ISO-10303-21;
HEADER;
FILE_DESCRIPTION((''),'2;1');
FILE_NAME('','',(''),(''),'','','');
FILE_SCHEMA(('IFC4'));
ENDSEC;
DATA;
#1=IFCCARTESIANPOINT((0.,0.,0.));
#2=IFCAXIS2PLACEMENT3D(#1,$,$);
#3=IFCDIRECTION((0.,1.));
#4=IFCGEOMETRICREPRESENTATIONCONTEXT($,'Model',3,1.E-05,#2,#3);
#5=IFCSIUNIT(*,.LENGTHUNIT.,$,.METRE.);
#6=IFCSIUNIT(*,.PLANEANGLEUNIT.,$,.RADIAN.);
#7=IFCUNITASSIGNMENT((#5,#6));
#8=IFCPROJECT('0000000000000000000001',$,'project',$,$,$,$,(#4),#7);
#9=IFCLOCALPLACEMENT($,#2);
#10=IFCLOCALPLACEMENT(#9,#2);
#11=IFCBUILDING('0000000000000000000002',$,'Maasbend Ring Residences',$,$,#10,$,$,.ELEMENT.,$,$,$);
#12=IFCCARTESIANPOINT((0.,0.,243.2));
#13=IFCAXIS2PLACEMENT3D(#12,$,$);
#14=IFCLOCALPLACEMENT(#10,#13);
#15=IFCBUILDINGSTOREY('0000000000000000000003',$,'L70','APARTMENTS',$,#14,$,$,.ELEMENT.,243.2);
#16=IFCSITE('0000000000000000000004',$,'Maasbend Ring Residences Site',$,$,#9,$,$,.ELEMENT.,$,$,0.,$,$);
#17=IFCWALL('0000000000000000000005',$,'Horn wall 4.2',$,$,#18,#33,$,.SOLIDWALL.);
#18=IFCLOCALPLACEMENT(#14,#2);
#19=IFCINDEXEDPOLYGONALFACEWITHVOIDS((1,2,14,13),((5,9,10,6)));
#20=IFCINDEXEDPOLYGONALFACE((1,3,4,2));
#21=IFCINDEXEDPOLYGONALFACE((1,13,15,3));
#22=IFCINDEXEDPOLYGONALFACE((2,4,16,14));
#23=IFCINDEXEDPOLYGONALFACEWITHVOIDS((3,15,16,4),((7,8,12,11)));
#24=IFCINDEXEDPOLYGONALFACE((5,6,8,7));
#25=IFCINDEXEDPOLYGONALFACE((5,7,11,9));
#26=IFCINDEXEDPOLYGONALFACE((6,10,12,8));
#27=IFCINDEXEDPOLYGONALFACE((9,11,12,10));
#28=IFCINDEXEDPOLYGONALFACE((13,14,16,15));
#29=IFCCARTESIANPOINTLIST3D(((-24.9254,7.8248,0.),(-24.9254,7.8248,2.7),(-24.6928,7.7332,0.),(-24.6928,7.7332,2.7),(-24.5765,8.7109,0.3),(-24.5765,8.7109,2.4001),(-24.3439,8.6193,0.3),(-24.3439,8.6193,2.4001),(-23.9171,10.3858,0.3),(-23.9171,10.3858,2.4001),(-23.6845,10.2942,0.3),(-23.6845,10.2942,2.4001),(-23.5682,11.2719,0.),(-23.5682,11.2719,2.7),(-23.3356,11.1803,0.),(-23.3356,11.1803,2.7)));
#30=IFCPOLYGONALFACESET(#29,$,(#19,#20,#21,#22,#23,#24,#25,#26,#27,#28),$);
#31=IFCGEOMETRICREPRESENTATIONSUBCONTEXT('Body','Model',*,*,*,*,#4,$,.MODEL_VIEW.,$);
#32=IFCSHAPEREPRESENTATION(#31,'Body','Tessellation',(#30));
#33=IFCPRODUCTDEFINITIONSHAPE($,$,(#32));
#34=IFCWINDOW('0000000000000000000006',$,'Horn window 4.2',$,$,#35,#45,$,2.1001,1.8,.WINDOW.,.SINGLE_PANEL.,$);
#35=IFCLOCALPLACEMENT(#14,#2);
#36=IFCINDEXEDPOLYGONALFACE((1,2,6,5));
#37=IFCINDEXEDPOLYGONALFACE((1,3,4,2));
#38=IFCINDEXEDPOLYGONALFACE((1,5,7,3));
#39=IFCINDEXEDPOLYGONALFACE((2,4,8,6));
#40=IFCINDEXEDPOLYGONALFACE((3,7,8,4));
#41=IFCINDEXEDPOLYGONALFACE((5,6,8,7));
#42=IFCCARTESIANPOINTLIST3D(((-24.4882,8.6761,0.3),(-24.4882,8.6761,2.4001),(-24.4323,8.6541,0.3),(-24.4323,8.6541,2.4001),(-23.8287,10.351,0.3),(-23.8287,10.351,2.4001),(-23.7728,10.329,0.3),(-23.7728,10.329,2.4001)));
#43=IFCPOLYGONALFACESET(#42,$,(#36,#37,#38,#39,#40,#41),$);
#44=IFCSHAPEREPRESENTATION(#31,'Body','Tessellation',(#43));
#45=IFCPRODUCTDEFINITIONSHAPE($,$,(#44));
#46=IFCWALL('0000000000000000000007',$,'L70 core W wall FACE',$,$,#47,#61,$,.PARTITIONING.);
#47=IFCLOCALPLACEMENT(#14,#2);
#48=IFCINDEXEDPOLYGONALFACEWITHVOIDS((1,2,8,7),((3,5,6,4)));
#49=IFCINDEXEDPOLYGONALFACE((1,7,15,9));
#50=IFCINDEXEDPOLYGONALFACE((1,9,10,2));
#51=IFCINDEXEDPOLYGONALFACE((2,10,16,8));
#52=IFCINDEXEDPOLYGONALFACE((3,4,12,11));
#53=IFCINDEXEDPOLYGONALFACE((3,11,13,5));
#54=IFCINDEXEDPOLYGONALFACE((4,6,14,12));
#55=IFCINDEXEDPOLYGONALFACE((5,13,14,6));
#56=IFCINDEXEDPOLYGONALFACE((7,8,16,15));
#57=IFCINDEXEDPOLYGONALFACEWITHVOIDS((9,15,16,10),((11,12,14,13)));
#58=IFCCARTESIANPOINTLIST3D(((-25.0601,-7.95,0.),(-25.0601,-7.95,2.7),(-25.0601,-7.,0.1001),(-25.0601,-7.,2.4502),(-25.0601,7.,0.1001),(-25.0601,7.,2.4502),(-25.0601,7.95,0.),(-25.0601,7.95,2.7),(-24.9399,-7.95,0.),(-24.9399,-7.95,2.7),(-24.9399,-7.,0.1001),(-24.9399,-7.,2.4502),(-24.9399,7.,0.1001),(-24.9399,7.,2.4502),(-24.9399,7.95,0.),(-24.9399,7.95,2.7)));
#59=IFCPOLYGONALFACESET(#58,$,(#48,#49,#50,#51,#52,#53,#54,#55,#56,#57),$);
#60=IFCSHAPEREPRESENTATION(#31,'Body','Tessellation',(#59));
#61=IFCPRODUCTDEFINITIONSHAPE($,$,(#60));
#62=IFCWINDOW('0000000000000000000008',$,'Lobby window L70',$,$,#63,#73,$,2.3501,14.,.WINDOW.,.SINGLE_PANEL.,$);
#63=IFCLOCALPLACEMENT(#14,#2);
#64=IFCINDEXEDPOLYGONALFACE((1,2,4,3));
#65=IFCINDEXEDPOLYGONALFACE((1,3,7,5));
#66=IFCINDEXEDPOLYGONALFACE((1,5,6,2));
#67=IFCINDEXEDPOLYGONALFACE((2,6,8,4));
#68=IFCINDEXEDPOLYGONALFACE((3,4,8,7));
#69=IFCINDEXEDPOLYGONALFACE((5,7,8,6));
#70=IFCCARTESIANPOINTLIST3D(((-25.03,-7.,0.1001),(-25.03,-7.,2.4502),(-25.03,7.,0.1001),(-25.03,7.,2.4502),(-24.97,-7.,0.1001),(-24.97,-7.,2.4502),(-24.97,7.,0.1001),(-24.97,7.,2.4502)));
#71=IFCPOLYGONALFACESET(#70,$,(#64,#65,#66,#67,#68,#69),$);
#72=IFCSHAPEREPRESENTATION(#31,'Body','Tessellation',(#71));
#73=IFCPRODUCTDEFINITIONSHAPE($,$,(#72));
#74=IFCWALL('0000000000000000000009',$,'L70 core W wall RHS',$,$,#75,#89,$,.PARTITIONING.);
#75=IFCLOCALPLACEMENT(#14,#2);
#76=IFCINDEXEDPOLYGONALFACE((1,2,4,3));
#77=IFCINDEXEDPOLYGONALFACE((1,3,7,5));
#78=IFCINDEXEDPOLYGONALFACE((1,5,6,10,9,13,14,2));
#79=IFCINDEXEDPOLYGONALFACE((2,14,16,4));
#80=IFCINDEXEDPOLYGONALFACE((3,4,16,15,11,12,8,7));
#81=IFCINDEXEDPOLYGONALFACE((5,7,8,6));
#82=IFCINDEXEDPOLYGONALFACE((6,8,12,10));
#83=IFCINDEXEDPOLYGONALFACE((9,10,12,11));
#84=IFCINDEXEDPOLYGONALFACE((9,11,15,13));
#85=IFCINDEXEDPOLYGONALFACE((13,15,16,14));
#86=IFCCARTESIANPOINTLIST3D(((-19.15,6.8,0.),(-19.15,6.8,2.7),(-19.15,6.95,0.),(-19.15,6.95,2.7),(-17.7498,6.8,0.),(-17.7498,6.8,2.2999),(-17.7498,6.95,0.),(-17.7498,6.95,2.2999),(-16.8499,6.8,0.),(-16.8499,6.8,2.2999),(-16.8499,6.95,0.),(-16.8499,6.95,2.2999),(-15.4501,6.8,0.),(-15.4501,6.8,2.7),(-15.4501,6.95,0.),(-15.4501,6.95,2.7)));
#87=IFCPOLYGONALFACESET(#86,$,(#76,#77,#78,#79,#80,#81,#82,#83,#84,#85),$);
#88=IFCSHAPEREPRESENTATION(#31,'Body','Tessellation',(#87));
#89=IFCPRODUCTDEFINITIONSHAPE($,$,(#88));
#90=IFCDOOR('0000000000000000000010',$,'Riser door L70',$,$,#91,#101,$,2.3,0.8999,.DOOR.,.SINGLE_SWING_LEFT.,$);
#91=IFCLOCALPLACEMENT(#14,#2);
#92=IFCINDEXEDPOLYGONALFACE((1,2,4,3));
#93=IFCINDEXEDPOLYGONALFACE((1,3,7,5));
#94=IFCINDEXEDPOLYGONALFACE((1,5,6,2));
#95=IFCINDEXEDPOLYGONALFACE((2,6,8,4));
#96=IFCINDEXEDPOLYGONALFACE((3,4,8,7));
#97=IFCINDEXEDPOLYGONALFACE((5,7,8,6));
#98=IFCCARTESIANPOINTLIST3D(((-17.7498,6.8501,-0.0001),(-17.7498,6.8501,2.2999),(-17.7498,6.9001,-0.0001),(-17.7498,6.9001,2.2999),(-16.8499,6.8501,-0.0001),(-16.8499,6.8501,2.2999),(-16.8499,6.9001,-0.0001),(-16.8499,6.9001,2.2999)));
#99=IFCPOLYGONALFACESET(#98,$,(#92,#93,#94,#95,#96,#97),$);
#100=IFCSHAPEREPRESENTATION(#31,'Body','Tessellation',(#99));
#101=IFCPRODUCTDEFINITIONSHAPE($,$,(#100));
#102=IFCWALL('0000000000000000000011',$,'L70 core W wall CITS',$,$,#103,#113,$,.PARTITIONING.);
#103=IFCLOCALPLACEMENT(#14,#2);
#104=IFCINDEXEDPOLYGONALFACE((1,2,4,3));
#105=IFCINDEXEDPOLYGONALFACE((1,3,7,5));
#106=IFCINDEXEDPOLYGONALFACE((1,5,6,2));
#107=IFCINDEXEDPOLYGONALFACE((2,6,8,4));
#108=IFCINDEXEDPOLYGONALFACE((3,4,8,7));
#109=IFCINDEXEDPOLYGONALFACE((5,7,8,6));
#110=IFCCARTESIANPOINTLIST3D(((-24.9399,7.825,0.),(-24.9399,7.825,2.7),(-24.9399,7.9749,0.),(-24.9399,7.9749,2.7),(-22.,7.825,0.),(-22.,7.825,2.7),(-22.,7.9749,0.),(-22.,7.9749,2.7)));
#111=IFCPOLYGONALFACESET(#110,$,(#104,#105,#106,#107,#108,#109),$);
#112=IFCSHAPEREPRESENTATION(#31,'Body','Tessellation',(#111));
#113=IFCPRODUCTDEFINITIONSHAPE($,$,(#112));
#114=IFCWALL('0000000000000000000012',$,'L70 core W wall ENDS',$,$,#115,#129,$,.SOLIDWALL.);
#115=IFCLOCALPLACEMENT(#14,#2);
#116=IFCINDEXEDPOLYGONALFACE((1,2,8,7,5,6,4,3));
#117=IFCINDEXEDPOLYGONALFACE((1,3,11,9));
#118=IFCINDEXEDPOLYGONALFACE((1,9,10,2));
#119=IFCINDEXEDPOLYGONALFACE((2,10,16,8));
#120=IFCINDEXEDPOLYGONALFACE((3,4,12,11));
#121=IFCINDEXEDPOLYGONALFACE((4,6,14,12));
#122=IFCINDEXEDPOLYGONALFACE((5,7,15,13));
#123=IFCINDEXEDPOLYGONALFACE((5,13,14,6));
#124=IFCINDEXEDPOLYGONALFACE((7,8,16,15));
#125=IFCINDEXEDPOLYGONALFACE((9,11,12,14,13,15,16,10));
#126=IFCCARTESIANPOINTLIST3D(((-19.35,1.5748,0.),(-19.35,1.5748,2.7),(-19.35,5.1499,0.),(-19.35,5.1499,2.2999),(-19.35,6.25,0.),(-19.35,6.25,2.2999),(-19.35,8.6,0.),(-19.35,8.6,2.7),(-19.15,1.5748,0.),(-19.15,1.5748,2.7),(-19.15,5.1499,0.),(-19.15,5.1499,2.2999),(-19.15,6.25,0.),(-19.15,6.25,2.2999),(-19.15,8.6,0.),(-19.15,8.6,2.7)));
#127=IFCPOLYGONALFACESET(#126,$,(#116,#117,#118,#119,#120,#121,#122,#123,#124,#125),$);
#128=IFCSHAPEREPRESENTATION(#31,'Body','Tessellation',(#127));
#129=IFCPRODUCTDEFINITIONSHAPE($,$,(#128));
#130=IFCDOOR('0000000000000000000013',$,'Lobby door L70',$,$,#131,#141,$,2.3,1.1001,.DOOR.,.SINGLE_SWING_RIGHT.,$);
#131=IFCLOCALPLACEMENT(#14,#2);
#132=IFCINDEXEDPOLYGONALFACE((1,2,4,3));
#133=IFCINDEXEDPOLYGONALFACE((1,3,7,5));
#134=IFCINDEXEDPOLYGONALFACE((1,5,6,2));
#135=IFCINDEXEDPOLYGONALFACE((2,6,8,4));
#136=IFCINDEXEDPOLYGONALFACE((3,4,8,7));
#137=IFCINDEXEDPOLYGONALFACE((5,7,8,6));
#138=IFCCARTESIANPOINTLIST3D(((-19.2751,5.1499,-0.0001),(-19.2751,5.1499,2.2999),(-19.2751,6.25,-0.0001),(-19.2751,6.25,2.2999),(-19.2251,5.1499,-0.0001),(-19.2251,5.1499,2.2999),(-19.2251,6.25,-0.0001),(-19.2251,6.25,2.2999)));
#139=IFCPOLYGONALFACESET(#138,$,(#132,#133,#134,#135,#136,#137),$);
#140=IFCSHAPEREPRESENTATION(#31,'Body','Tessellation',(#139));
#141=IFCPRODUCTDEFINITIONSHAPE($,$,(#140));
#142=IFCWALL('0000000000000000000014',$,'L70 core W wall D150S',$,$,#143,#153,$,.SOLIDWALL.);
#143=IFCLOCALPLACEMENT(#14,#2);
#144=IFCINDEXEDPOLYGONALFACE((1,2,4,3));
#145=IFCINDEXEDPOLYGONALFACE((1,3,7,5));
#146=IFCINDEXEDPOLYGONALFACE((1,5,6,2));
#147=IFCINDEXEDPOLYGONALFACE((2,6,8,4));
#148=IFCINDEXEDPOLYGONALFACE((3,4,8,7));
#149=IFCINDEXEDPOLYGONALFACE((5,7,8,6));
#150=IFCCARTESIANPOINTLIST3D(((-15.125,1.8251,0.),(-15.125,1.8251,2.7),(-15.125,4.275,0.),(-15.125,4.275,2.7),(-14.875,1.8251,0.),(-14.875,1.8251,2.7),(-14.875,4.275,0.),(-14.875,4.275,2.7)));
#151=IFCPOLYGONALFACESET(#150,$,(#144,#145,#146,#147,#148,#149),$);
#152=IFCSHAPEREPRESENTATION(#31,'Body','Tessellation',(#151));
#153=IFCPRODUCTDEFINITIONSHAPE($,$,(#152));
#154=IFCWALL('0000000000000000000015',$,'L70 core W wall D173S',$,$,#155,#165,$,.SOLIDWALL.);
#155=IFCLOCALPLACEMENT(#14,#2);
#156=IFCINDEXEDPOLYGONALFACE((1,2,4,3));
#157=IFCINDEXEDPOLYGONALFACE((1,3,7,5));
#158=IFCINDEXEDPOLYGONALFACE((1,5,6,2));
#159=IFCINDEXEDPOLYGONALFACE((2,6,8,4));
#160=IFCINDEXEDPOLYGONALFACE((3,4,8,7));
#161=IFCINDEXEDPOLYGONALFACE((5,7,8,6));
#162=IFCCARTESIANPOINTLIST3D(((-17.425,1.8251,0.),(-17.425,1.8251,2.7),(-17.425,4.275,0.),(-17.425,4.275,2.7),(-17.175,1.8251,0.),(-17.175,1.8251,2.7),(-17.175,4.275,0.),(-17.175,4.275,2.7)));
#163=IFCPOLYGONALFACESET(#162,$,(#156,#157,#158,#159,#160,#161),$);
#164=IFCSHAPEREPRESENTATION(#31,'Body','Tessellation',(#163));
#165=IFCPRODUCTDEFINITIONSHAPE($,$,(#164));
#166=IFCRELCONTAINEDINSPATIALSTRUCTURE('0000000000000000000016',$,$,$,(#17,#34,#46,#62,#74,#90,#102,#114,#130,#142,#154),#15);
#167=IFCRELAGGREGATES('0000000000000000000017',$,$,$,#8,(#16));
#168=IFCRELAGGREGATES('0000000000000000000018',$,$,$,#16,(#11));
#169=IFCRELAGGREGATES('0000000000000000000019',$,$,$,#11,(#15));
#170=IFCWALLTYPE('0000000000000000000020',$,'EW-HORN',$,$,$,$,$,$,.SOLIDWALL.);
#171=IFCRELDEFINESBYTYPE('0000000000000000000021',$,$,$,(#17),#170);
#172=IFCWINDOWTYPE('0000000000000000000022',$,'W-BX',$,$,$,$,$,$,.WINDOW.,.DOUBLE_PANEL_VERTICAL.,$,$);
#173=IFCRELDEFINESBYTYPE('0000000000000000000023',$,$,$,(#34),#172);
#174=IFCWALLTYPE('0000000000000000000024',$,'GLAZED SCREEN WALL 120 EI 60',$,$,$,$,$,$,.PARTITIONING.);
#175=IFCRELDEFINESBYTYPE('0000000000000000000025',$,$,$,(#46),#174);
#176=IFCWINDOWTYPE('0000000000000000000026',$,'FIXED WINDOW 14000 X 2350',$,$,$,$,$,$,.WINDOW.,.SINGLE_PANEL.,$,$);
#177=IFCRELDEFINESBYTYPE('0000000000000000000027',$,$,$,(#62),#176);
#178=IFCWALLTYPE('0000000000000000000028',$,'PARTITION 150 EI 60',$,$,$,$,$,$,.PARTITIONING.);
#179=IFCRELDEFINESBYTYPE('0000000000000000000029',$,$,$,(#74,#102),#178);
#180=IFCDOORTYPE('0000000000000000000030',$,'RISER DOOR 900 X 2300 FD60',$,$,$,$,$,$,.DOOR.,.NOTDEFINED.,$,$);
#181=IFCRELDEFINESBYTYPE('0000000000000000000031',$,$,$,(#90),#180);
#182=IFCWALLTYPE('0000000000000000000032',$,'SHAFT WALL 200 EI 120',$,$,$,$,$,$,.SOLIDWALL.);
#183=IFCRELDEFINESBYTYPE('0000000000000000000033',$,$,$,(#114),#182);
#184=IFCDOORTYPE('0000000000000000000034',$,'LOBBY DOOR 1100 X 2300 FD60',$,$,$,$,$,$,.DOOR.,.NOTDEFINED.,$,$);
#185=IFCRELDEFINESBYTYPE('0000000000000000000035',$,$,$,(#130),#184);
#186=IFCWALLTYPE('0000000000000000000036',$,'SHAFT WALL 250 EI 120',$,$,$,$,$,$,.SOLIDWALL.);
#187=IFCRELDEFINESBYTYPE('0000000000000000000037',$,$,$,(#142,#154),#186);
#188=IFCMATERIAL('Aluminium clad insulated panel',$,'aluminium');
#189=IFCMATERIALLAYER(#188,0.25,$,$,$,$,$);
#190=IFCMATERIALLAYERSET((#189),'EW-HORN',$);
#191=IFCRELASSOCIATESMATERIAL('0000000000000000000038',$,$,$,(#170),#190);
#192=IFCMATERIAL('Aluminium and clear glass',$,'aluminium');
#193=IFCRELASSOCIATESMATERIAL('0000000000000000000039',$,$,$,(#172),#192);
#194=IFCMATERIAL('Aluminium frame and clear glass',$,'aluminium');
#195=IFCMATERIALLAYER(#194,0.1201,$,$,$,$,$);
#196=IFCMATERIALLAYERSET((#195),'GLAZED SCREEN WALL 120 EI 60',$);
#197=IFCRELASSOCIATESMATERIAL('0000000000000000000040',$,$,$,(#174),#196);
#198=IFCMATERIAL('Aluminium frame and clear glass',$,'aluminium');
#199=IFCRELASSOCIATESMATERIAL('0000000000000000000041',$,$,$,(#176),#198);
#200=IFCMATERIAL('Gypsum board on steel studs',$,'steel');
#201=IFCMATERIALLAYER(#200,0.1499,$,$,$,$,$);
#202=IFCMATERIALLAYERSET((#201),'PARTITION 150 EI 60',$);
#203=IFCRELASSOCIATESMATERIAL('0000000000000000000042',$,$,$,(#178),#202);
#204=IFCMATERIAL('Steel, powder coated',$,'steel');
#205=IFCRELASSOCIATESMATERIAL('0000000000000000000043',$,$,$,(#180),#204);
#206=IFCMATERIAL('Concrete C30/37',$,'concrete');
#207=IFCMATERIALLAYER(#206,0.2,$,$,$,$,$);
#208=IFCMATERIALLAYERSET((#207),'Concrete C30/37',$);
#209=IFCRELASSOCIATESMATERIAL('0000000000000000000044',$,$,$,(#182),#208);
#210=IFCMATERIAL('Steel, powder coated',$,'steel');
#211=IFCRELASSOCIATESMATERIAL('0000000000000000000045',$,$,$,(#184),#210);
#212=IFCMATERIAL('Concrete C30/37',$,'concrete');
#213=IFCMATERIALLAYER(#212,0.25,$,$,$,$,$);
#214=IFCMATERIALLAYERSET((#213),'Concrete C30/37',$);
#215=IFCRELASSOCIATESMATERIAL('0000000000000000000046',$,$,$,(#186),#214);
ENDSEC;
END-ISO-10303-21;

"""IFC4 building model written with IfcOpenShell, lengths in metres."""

from ifc_helpers import new_model, si_unit, direction, frame, frame_2d, origin, place, context, subcontext, project, spatial, rectangle, extrude, material, layer, layer_set, type_object, element, fill, save


model = new_model("IFC4")

# Units and contexts
model_context = context("Model", 3, precision=1e-05, world=origin(), true_north=direction((0.0, 1.0)))
body_context = subcontext(model_context, "Body", "Model", "MODEL_VIEW")
ifc_project = project(units=[si_unit("LENGTHUNIT", "METRE"), si_unit("PLANEANGLEUNIT", "RADIAN")], contexts=[model_context])

# Site, building, storey
site_placement = place(None, origin())
site = spatial("IfcSite", under=ifc_project, at=site_placement, Name="Maasbend Ring Residences Site", CompositionType="ELEMENT", RefElevation=0.0)
building_placement = place(site_placement, origin())
building = spatial("IfcBuilding", under=site, at=building_placement, Name="Maasbend Ring Residences", CompositionType="ELEMENT")
storey_placement = place(building_placement, frame((0.0, 0.0, 243.2)))
storey = spatial("IfcBuildingStorey", under=building, at=storey_placement, Name="L70", Description="APARTMENTS", CompositionType="ELEMENT", Elevation=243.2)

# Walls, openings, windows
ifc_material_1 = material(Name="Aluminium clad insulated panel", Category="aluminium")
ifc_layer_1 = layer(ifc_material_1, 0.25)
ifc_layer_set_1 = layer_set([ifc_layer_1], Name="EW-HORN")
wall_type_1 = type_object("IfcWallType", Name="EW-HORN", PredefinedType="SOLIDWALL", material=ifc_layer_set_1)
wall_1_placement = place(storey_placement, frame((-23.4519, 11.2261, 0.0), z_axis=(0.0, 0.0, 1.0), x_axis=(-0.366352, -0.930476, 0.0)))
wall_1 = element("IfcWall", 1, at=wall_1_placement, inside=storey, type_object=wall_type_1, Name="Horn wall 4.2", PredefinedType="SOLIDWALL", context=body_context, shape_type="SweptSolid", body=[
    extrude(rectangle(XDim=3.7046, YDim=0.25, at=frame_2d((1.8523, 0.0))), origin(), (0.0, 0.0, 1.0), 2.7),
])
opening_1_placement = place(wall_1_placement, frame((0.9524, 0.0, 0.3)))
opening_1 = element("IfcOpeningElement", 2, at=opening_1_placement, cuts=wall_1, PredefinedType="OPENING", context=body_context, shape_type="SweptSolid", body=[
    extrude(rectangle(XDim=1.8, YDim=2.1001, at=frame_2d((0.8999, 1.05))), frame((0.0, 0.135, 0.0), z_axis=(0.0, -1.0, 0.0), x_axis=(1.0, 0.0, 0.0)), (0.0, 0.0, 1.0), 0.27),
])
ifc_material_2 = material(Name="Aluminium and clear glass", Category="aluminium")
window_type_1 = type_object("IfcWindowType", Name="W-BX", PartitioningType="DOUBLE_PANEL_VERTICAL", PredefinedType="WINDOW", material=ifc_material_2)
window_1_placement = place(opening_1_placement, origin())
window_1 = element("IfcWindow", 3, at=window_1_placement, inside=storey, type_object=window_type_1, Name="Horn window 4.2", OverallHeight=2.1001, OverallWidth=1.8, PartitioningType="SINGLE_PANEL", PredefinedType="WINDOW", context=body_context, shape_type="SweptSolid", body=[
    extrude(rectangle(XDim=1.8, YDim=2.1001, at=frame_2d((0.8999, 1.05))), frame((0.0, 0.03, 0.0), z_axis=(0.0, -1.0, 0.0), x_axis=(1.0, 0.0, 0.0)), (0.0, 0.0, 1.0), 0.0601),
])
fill(opening_1, window_1)
ifc_material_3 = material(Name="Aluminium frame and clear glass", Category="aluminium")
ifc_layer_2 = layer(ifc_material_3, 0.1201)
ifc_layer_set_2 = layer_set([ifc_layer_2], Name="GLAZED SCREEN WALL 120 EI 60")
wall_type_2 = type_object("IfcWallType", Name="GLAZED SCREEN WALL 120 EI 60", PredefinedType="PARTITIONING", material=ifc_layer_set_2)
wall_2_placement = place(storey_placement, frame((-25.0, 7.95, 0.0), z_axis=(0.0, 0.0, 1.0), x_axis=(0.0, -1.0, 0.0)))
wall_2 = element("IfcWall", 4, at=wall_2_placement, inside=storey, type_object=wall_type_2, Name="L70 core W wall FACE", PredefinedType="PARTITIONING", context=body_context, shape_type="SweptSolid", body=[
    extrude(rectangle(XDim=15.8999, YDim=0.1201, at=frame_2d((7.95, 0.0))), origin(), (0.0, 0.0, 1.0), 2.7),
])
opening_2_placement = place(wall_2_placement, frame((0.95, 0.0, 0.1001)))
opening_2 = element("IfcOpeningElement", 5, at=opening_2_placement, cuts=wall_2, PredefinedType="OPENING", context=body_context, shape_type="SweptSolid", body=[
    extrude(rectangle(XDim=14.0, YDim=2.3501, at=frame_2d((7.0, 1.175))), frame((0.0, 0.0701, 0.0), z_axis=(0.0, -1.0, 0.0), x_axis=(1.0, 0.0, 0.0)), (0.0, 0.0, 1.0), 0.1401),
])
ifc_material_4 = material(Name="Aluminium frame and clear glass", Category="aluminium")
window_type_2 = type_object("IfcWindowType", Name="FIXED WINDOW 14000 X 2350", PartitioningType="SINGLE_PANEL", PredefinedType="WINDOW", material=ifc_material_4)
window_2_placement = place(opening_2_placement, origin())
window_2 = element("IfcWindow", 6, at=window_2_placement, inside=storey, type_object=window_type_2, Name="Lobby window L70", OverallHeight=2.3501, OverallWidth=14.0, PartitioningType="SINGLE_PANEL", PredefinedType="WINDOW", context=body_context, shape_type="SweptSolid", body=[
    extrude(rectangle(XDim=14.0, YDim=2.3501, at=frame_2d((7.0, 1.175))), frame((0.0, 0.03, 0.0), z_axis=(0.0, -1.0, 0.0), x_axis=(1.0, 0.0, 0.0)), (0.0, 0.0, 1.0), 0.0601),
])
fill(opening_2, window_2)

# Wall, opening, door
ifc_material_5 = material(Name="Gypsum board on steel studs", Category="steel")
ifc_layer_3 = layer(ifc_material_5, 0.1499)
ifc_layer_set_3 = layer_set([ifc_layer_3], Name="PARTITION 150 EI 60")
wall_type_3 = type_object("IfcWallType", Name="PARTITION 150 EI 60", PredefinedType="PARTITIONING", material=ifc_layer_set_3)
wall_3_placement = place(storey_placement, frame((-15.45, 6.875, 0.0), z_axis=(0.0, 0.0, 1.0), x_axis=(-1.0, 0.0, 0.0)))
wall_3 = element("IfcWall", 7, at=wall_3_placement, inside=storey, type_object=wall_type_3, Name="L70 core W wall RHS", PredefinedType="PARTITIONING", context=body_context, shape_type="SweptSolid", body=[
    extrude(rectangle(XDim=3.7, YDim=0.1499, at=frame_2d((1.8501, 0.0))), origin(), (0.0, 0.0, 1.0), 2.7),
])
opening_3_placement = place(wall_3_placement, frame((1.3999, 0.0, 0.0)))
opening_3 = element("IfcOpeningElement", 8, at=opening_3_placement, cuts=wall_3, PredefinedType="OPENING", context=body_context, shape_type="SweptSolid", body=[
    extrude(rectangle(XDim=0.8999, YDim=2.3, at=frame_2d((0.45, 1.1499))), frame((0.0, 0.085, 0.0), z_axis=(0.0, -1.0, 0.0), x_axis=(1.0, 0.0, 0.0)), (0.0, 0.0, 1.0), 0.1699),
])
ifc_material_6 = material(Name="Steel, powder coated", Category="steel")
door_type_1 = type_object("IfcDoorType", Name="RISER DOOR 900 X 2300 FD60", OperationType="NOTDEFINED", PredefinedType="DOOR", material=ifc_material_6)
door_1_placement = place(opening_3_placement, origin())
door_1 = element("IfcDoor", 9, at=door_1_placement, inside=storey, type_object=door_type_1, Name="Riser door L70", OperationType="SINGLE_SWING_LEFT", OverallHeight=2.3, OverallWidth=0.8999, PredefinedType="DOOR", context=body_context, shape_type="SweptSolid", body=[
    extrude(rectangle(XDim=0.8999, YDim=2.3, at=frame_2d((0.45, 1.1499))), frame((0.0, 0.0249, 0.0), z_axis=(0.0, -1.0, 0.0), x_axis=(1.0, 0.0, 0.0)), (0.0, 0.0, 1.0), 0.05),
])
fill(opening_3, door_1)

# Wall
wall_4_placement = place(storey_placement, frame((-22.0, 7.8999, 0.0), z_axis=(0.0, 0.0, 1.0), x_axis=(-1.0, 0.0, 0.0)))
element("IfcWall", 10, at=wall_4_placement, inside=storey, type_object=wall_type_3, Name="L70 core W wall CITS", PredefinedType="PARTITIONING", context=body_context, shape_type="SweptSolid", body=[
    extrude(rectangle(XDim=2.9399, YDim=0.1499, at=frame_2d((1.47, 0.0))), origin(), (0.0, 0.0, 1.0), 2.7),
])

# Wall, opening, door
ifc_material_7 = material(Name="Concrete C30/37", Category="concrete")
ifc_layer_4 = layer(ifc_material_7, 0.2)
ifc_layer_set_4 = layer_set([ifc_layer_4], Name="Concrete C30/37")
wall_type_4 = type_object("IfcWallType", Name="SHAFT WALL 200 EI 120", PredefinedType="SOLIDWALL", material=ifc_layer_set_4)
wall_5_placement = place(storey_placement, frame((-19.25, 8.6001, 0.0), z_axis=(0.0, 0.0, 1.0), x_axis=(0.0, -1.0, 0.0)))
wall_5 = element("IfcWall", 11, at=wall_5_placement, inside=storey, type_object=wall_type_4, Name="L70 core W wall ENDS", PredefinedType="SOLIDWALL", context=body_context, shape_type="SweptSolid", body=[
    extrude(rectangle(XDim=7.0251, YDim=0.2, at=frame_2d((3.5127, 0.0))), origin(), (0.0, 0.0, 1.0), 2.7),
])
opening_4_placement = place(wall_5_placement, frame((2.3501, 0.0, 0.0)))
opening_4 = element("IfcOpeningElement", 12, at=opening_4_placement, cuts=wall_5, PredefinedType="OPENING", context=body_context, shape_type="SweptSolid", body=[
    extrude(rectangle(XDim=1.1001, YDim=2.3, at=frame_2d((0.55, 1.1499))), frame((0.0, 0.1099, 0.0), z_axis=(0.0, -1.0, 0.0), x_axis=(1.0, 0.0, 0.0)), (0.0, 0.0, 1.0), 0.22),
])
ifc_material_8 = material(Name="Steel, powder coated", Category="steel")
door_type_2 = type_object("IfcDoorType", Name="LOBBY DOOR 1100 X 2300 FD60", OperationType="NOTDEFINED", PredefinedType="DOOR", material=ifc_material_8)
door_2_placement = place(opening_4_placement, origin())
door_2 = element("IfcDoor", 13, at=door_2_placement, inside=storey, type_object=door_type_2, Name="Lobby door L70", OperationType="SINGLE_SWING_RIGHT", OverallHeight=2.3, OverallWidth=1.1001, PredefinedType="DOOR", context=body_context, shape_type="SweptSolid", body=[
    extrude(rectangle(XDim=1.1001, YDim=2.3, at=frame_2d((0.55, 1.1499))), frame((0.0, 0.0249, 0.0), z_axis=(0.0, -1.0, 0.0), x_axis=(1.0, 0.0, 0.0)), (0.0, 0.0, 1.0), 0.05),
])
fill(opening_4, door_2)

# Walls
ifc_material_9 = material(Name="Concrete C30/37", Category="concrete")
ifc_layer_5 = layer(ifc_material_9, 0.25)
ifc_layer_set_5 = layer_set([ifc_layer_5], Name="Concrete C30/37")
wall_type_5 = type_object("IfcWallType", Name="SHAFT WALL 250 EI 120", PredefinedType="SOLIDWALL", material=ifc_layer_set_5)
for number, where, z_axis, x_axis, name in (
    (14, (-15.0, 1.825, 0.0), (0.0, 0.0, 1.0), (0.0, 1.0, 0.0), "L70 core W wall D150S"),
    (15, (-17.3, 1.825, 0.0), (0.0, 0.0, 1.0), (0.0, 1.0, 0.0), "L70 core W wall D173S"),
):
    element("IfcWall", number, at=place(storey_placement, frame(where, z_axis=z_axis, x_axis=x_axis)), inside=storey, type_object=wall_type_5, Name=name, PredefinedType="SOLIDWALL", context=body_context, shape_type="SweptSolid", body=[
        extrude(rectangle(XDim=2.45, YDim=0.25, at=frame_2d((1.2251, 0.0))), origin(), (0.0, 0.0, 1.0), 2.7),
    ])

save(model, "model.ifc")
